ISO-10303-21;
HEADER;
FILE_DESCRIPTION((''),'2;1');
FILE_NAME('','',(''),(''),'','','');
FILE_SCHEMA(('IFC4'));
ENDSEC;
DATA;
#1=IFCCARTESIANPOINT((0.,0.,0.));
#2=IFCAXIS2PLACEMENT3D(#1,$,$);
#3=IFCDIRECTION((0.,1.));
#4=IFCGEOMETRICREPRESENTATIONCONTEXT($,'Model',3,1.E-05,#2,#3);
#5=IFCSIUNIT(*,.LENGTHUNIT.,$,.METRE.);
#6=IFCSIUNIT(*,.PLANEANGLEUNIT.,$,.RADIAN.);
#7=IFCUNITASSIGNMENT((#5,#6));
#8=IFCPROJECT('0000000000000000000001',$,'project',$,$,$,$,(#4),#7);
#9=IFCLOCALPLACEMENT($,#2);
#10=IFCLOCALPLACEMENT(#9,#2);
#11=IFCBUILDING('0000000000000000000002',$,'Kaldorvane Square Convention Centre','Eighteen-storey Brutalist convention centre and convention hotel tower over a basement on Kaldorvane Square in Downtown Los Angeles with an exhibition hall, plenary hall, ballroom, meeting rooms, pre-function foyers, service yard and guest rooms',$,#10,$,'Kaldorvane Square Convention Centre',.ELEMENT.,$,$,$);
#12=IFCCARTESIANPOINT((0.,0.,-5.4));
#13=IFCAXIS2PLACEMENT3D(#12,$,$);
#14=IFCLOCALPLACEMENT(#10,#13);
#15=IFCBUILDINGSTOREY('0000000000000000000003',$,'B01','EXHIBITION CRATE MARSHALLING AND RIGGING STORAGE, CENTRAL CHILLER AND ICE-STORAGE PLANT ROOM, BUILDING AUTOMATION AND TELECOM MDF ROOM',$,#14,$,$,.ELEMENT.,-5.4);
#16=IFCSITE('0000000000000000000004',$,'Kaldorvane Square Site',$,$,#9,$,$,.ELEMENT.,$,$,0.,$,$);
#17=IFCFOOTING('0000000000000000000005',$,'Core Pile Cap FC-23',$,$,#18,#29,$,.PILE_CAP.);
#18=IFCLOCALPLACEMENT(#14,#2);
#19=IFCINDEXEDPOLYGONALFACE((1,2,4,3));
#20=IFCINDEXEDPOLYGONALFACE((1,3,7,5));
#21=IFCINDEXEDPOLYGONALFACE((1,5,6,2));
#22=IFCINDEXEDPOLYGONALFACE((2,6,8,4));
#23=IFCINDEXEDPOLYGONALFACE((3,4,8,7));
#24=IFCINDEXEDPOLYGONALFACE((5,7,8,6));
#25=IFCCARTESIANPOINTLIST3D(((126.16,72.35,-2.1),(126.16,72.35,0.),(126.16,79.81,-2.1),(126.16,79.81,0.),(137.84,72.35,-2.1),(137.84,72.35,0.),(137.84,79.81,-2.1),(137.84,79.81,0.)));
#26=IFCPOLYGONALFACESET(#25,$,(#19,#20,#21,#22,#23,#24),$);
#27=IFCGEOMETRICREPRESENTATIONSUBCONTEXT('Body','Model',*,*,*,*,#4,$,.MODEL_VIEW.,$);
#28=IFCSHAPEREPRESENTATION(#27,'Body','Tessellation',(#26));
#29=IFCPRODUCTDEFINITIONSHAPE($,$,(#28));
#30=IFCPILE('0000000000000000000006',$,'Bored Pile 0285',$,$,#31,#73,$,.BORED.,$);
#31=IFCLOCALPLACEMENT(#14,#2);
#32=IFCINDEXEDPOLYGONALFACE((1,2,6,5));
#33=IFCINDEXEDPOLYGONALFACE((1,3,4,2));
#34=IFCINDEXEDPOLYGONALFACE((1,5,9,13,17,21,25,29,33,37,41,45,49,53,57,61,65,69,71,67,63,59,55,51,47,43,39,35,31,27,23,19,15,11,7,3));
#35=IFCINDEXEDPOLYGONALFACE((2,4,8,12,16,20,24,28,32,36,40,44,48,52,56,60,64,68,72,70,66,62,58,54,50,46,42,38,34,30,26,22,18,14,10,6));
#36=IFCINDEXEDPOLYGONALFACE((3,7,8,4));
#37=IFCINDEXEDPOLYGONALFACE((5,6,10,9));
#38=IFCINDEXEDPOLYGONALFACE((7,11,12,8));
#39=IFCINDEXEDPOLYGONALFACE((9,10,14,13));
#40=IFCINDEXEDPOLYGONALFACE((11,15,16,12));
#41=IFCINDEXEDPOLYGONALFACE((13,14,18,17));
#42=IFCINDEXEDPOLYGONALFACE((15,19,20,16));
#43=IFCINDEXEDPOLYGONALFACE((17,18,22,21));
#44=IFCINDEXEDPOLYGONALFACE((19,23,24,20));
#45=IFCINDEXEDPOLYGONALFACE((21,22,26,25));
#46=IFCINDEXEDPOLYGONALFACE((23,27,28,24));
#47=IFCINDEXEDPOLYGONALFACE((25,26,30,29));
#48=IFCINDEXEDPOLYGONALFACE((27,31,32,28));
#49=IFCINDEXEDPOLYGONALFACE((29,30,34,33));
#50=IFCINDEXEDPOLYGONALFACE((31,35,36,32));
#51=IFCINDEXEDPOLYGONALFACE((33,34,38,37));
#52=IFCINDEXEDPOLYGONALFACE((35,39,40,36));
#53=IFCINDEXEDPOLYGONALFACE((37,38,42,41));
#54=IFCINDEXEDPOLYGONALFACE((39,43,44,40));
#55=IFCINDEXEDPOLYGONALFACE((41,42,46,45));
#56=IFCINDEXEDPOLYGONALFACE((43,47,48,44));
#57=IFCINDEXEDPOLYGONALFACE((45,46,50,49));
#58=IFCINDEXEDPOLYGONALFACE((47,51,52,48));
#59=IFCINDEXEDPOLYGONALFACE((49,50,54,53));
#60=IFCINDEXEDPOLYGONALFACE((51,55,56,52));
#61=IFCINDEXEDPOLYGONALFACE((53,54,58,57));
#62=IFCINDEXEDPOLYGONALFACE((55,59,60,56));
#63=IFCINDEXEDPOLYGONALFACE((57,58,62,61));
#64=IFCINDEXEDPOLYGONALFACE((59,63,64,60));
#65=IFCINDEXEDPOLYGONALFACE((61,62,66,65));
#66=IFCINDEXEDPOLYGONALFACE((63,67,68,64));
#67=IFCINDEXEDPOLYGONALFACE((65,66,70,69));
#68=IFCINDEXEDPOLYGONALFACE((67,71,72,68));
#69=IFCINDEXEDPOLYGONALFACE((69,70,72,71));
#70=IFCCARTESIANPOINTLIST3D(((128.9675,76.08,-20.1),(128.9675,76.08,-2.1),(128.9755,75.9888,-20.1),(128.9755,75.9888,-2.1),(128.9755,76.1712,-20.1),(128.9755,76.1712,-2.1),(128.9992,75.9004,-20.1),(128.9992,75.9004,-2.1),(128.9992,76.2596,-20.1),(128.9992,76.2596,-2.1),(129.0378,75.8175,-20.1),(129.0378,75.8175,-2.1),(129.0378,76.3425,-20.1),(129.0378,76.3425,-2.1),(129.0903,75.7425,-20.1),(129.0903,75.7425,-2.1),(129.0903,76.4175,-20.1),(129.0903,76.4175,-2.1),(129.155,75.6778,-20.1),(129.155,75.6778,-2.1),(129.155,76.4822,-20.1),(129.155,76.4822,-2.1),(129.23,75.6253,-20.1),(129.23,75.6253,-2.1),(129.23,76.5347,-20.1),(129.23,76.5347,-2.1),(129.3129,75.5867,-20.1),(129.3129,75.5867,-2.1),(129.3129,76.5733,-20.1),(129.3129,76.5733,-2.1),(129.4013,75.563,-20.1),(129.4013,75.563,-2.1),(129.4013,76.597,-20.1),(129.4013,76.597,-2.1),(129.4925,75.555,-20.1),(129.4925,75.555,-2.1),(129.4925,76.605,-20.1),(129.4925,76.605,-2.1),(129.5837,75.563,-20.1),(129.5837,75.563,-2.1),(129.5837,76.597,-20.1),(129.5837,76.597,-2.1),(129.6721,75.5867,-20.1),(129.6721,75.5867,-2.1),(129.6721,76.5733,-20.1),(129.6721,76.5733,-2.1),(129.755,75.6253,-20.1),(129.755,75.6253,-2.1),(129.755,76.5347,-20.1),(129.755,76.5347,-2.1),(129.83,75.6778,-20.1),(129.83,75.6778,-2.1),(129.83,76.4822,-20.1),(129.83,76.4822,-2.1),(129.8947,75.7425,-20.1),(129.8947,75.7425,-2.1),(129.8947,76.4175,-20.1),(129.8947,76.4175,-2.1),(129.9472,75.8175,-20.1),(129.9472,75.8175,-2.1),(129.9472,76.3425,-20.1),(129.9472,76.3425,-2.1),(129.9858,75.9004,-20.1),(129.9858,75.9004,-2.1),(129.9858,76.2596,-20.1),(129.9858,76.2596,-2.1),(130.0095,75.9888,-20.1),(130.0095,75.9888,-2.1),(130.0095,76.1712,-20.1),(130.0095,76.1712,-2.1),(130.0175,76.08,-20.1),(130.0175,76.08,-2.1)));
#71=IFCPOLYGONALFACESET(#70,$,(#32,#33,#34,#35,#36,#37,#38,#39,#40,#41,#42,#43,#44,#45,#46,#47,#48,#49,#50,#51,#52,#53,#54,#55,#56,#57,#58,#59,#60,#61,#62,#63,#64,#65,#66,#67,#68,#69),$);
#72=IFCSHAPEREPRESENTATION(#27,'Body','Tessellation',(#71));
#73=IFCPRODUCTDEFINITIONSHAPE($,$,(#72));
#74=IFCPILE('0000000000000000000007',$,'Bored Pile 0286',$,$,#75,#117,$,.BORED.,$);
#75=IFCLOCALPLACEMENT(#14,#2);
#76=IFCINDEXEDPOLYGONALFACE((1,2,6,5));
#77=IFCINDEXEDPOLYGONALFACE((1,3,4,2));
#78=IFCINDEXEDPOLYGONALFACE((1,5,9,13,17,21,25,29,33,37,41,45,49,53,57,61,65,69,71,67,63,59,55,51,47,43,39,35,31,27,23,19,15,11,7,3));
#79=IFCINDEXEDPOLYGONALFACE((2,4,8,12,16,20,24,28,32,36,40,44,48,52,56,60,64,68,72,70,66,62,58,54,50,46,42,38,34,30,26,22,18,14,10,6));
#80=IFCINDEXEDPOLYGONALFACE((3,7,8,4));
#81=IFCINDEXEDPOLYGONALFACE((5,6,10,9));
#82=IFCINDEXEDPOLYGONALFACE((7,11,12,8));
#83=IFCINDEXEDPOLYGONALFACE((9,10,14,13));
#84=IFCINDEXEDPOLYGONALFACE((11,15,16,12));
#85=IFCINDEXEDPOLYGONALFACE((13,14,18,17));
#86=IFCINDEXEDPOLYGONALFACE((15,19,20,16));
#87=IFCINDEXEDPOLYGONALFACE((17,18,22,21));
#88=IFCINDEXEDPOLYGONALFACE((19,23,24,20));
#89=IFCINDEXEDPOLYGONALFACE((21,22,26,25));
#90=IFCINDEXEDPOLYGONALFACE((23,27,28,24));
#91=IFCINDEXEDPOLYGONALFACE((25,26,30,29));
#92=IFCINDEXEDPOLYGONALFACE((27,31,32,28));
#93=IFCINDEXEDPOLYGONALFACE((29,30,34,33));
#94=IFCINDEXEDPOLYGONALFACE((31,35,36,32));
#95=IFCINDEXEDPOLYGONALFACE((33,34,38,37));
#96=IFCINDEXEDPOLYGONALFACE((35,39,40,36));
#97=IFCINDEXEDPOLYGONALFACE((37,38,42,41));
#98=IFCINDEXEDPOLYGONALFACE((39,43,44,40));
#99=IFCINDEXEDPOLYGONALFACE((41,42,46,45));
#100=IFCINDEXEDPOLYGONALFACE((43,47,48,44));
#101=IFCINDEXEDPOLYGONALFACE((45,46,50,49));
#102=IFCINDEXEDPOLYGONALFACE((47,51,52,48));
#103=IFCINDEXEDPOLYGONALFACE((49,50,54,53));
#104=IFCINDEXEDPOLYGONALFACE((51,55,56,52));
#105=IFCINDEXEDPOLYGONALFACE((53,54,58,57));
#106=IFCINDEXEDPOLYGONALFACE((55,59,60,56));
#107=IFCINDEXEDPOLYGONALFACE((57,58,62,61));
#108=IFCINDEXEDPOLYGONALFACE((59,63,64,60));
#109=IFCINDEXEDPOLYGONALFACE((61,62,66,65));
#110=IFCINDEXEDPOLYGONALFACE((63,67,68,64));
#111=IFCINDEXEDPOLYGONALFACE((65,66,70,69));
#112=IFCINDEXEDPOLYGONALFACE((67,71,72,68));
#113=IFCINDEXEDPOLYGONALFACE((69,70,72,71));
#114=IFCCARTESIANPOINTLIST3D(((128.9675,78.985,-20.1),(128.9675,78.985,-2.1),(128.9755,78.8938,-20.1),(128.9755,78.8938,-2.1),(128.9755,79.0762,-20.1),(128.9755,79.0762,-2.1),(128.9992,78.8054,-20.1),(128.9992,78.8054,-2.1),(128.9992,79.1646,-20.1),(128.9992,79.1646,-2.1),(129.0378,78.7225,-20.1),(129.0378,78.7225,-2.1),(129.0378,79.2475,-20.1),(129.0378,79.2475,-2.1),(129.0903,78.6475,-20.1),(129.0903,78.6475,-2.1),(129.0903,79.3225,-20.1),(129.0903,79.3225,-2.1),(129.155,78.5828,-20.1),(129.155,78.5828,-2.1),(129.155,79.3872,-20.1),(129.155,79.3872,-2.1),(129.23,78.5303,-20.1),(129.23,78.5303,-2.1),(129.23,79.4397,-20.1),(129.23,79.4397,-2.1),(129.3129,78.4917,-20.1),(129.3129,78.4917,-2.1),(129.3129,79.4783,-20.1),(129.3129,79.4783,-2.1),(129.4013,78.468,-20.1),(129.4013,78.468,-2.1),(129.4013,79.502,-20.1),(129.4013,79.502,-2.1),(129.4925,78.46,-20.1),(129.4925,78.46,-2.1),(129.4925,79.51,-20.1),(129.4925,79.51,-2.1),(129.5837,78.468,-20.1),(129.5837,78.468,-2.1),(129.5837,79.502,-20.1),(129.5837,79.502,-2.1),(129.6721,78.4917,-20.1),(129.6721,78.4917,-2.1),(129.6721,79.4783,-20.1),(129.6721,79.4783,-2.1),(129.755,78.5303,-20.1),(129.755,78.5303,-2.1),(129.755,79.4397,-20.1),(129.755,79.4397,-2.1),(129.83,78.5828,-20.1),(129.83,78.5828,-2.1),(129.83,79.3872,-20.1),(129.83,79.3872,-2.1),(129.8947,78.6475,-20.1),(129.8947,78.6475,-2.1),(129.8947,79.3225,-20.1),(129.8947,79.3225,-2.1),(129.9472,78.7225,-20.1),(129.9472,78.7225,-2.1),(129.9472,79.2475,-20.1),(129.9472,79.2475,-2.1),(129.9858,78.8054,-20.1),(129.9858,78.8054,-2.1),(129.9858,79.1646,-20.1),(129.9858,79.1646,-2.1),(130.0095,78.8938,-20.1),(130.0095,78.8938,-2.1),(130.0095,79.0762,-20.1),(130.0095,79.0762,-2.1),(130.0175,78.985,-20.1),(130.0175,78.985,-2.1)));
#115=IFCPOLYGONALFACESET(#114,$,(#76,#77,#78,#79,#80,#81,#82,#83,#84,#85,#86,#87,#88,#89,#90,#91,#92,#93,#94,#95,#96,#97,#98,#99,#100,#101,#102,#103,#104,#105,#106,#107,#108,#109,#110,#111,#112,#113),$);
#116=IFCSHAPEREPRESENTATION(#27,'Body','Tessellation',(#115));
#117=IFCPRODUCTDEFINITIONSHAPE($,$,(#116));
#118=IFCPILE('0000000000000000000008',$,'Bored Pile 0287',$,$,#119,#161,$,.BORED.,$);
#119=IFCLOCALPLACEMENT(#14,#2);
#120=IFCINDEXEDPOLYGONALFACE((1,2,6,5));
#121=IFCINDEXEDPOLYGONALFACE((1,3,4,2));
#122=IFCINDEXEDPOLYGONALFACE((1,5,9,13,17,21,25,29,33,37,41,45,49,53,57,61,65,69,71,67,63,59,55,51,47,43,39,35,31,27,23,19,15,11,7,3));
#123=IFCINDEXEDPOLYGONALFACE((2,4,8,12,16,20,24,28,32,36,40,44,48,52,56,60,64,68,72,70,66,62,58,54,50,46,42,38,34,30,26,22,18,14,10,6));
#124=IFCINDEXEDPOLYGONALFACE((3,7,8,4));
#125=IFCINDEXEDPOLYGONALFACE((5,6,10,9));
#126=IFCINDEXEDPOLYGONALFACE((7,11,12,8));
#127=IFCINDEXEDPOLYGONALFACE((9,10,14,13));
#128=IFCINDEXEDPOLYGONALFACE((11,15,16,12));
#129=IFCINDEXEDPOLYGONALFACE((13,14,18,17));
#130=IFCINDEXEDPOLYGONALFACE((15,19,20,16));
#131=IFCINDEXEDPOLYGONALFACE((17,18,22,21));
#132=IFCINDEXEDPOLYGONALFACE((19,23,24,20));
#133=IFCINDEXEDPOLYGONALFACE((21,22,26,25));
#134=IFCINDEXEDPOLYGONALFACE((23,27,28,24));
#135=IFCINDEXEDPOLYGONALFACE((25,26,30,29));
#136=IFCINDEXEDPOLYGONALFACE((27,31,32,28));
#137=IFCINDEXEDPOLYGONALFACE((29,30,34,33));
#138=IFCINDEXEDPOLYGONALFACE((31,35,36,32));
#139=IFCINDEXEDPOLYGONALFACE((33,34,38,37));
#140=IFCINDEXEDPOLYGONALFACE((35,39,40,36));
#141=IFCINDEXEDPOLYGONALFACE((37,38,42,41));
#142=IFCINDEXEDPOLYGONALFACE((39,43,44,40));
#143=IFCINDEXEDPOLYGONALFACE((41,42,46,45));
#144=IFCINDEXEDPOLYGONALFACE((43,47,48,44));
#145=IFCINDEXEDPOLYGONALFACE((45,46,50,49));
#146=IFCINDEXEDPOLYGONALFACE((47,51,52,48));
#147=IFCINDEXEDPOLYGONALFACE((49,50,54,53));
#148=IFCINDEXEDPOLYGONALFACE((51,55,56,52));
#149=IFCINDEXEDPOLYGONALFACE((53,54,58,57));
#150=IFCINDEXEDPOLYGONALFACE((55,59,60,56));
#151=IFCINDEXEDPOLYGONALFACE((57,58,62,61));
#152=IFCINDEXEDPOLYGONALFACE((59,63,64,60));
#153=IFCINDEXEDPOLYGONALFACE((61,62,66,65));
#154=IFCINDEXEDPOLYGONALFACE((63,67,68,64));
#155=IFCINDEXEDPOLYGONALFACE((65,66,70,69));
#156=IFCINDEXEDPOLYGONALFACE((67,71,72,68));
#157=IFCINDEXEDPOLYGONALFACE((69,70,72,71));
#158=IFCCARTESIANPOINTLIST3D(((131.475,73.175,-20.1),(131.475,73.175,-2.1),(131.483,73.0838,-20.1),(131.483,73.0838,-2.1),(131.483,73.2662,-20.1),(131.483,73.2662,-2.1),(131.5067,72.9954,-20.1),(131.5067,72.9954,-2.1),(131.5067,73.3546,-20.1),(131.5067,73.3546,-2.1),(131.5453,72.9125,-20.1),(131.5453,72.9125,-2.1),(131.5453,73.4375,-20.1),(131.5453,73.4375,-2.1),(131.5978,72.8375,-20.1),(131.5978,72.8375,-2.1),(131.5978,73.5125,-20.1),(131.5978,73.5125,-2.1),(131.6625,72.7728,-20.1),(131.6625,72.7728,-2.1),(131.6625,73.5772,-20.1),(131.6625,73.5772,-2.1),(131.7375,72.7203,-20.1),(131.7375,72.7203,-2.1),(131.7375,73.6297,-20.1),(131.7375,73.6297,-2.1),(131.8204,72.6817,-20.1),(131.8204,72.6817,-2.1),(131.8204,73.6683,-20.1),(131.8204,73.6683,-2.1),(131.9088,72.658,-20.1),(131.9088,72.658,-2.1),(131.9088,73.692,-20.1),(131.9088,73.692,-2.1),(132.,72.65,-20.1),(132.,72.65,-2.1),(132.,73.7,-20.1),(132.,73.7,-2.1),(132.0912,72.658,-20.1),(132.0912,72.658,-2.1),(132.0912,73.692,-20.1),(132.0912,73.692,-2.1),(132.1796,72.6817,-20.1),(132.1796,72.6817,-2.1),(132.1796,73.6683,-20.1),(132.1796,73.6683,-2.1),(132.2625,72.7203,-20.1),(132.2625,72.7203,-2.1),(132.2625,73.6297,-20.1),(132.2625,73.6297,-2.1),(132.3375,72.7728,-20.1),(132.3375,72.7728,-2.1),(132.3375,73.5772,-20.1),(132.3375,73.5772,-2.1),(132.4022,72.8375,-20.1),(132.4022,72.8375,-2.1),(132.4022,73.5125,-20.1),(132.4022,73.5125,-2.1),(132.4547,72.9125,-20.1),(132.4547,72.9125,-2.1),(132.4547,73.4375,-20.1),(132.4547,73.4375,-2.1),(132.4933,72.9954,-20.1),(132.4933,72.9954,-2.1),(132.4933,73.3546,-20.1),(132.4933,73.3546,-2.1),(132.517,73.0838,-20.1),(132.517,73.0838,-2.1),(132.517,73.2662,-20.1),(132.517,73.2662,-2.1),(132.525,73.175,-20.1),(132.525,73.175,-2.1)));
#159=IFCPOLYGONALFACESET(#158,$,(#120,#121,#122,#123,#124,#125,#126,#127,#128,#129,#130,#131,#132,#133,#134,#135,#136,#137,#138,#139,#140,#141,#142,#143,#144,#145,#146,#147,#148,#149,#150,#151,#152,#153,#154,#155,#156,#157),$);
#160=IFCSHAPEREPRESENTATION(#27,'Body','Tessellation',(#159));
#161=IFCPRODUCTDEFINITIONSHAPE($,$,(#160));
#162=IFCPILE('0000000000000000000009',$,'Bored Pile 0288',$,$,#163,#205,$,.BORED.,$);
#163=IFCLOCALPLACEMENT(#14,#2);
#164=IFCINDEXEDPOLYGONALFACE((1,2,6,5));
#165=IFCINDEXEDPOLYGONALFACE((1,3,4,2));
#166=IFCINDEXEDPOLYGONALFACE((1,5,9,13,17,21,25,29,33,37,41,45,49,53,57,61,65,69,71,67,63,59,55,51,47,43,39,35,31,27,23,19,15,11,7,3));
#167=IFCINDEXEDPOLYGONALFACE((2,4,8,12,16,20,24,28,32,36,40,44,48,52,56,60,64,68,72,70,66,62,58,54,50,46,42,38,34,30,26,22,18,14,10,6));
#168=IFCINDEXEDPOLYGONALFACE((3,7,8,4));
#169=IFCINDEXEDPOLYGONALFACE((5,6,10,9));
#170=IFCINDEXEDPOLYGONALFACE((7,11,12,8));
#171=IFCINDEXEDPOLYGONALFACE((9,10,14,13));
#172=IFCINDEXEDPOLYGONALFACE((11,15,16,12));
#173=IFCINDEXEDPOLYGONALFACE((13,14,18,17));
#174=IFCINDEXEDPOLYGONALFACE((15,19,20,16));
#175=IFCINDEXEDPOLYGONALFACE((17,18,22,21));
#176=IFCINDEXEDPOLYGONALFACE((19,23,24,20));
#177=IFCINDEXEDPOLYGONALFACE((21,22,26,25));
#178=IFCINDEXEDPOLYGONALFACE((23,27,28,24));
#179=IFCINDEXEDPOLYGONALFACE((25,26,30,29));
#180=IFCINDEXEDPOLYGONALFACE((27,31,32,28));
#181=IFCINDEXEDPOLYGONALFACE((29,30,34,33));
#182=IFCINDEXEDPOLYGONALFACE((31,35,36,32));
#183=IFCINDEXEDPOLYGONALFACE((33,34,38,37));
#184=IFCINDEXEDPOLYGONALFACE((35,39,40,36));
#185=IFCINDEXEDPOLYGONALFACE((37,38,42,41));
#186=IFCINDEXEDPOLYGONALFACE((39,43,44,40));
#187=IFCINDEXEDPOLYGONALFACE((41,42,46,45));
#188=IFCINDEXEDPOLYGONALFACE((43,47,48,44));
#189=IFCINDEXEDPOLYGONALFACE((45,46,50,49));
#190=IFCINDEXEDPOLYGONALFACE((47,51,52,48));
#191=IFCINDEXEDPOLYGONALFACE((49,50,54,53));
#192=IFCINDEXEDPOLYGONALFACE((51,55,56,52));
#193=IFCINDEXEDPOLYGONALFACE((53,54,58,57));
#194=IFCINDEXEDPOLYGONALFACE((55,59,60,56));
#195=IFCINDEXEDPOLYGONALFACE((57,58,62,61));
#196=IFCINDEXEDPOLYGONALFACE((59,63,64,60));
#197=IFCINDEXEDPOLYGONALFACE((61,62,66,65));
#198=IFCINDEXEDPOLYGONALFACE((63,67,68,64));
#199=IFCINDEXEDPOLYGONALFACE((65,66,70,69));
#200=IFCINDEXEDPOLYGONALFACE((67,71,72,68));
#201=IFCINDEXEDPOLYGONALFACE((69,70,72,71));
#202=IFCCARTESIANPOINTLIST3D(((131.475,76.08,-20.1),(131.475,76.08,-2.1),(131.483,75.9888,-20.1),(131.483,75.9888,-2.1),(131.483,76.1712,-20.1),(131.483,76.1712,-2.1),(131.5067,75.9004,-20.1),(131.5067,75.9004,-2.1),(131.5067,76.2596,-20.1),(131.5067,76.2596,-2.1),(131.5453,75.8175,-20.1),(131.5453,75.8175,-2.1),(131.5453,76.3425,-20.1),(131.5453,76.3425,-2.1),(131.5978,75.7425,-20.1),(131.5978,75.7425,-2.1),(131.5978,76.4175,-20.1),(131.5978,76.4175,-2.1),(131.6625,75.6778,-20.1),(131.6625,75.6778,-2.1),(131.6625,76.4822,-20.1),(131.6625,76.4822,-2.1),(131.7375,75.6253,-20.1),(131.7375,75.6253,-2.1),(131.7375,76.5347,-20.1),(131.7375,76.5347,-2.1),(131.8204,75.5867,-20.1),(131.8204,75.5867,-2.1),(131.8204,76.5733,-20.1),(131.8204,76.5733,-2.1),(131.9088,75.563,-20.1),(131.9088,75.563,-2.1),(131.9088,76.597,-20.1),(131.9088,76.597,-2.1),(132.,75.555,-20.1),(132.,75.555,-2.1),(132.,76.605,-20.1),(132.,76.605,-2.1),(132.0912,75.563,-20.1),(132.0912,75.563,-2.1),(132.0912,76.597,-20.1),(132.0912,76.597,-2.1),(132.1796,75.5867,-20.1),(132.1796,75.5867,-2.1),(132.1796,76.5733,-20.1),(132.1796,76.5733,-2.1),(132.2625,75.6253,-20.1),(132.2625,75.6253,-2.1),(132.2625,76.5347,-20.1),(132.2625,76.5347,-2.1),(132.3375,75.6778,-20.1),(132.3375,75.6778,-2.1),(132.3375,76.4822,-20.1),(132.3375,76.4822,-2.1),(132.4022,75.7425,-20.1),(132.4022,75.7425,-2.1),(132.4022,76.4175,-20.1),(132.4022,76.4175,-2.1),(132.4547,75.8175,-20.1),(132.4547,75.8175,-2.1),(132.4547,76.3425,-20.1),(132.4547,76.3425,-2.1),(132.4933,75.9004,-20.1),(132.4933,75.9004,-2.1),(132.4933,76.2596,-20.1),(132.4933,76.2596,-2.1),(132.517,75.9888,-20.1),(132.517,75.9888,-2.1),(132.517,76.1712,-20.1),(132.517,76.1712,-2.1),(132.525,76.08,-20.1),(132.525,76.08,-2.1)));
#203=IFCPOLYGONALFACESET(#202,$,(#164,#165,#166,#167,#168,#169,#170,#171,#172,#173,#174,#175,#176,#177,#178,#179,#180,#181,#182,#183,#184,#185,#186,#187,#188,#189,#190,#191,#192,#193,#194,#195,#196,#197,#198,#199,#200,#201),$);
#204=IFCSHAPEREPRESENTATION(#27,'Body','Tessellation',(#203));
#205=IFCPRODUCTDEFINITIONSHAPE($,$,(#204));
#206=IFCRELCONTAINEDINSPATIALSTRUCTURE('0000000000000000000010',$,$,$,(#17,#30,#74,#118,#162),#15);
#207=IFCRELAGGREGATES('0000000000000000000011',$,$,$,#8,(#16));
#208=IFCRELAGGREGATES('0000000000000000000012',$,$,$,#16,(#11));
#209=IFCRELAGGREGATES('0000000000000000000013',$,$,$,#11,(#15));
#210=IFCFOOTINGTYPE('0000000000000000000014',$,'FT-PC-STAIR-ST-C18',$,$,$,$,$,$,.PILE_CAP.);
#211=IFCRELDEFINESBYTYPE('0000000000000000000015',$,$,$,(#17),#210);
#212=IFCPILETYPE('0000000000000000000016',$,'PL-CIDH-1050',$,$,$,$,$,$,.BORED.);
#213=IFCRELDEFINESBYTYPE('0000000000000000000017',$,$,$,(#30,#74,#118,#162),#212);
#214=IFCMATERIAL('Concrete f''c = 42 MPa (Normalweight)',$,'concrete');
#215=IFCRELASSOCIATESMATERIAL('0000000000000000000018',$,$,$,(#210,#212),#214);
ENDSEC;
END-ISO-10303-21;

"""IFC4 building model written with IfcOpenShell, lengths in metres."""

from ifc_helpers import new_model, si_unit, direction, frame, origin, origin_2d, place, context, subcontext, project, spatial, rectangle, circle, extrude, material, material_profile, profile_set, type_object, element, save


model = new_model("IFC4")

# Units and contexts
model_context = context("Model", 3, precision=1e-05, world=origin(), true_north=direction((0.0, 1.0)))
body_context = subcontext(model_context, "Body", "Model", "MODEL_VIEW")
ifc_project = project(units=[si_unit("LENGTHUNIT", "METRE"), si_unit("PLANEANGLEUNIT", "RADIAN")], contexts=[model_context])

# Site, building, storey
site_placement = place(None, origin())
site = spatial("IfcSite", under=ifc_project, at=site_placement, Name="Kaldorvane Square Site", CompositionType="ELEMENT", RefElevation=0.0)
building_placement = place(site_placement, origin())
building = spatial("IfcBuilding", under=site, at=building_placement, Name="Kaldorvane Square Convention Centre", Description="Eighteen-storey Brutalist convention centre and convention hotel tower over a basement on Kaldorvane Square in Downtown Los Angeles with an exhibition hall, plenary hall, ballroom, meeting rooms, pre-function foyers, service yard and guest rooms", LongName="Kaldorvane Square Convention Centre", CompositionType="ELEMENT")
storey_placement = place(building_placement, frame((0.0, 0.0, -5.4)))
storey = spatial("IfcBuildingStorey", under=building, at=storey_placement, Name="B01", Description="EXHIBITION CRATE MARSHALLING AND RIGGING STORAGE, CENTRAL CHILLER AND ICE-STORAGE PLANT ROOM, BUILDING AUTOMATION AND TELECOM MDF ROOM", CompositionType="ELEMENT", Elevation=-5.4)

# Footing
ifc_material_1 = material(Name="Concrete f'c = 42 MPa (Normalweight)", Category="concrete")
footing_type = type_object("IfcFootingType", Name="FT-PC-STAIR-ST-C18", PredefinedType="PILE_CAP", material=ifc_material_1)
footing_placement = place(storey_placement, frame((132.0, 76.08, -2.1), z_axis=(0.0, 0.0, 1.0), x_axis=(1.0, 0.0, 0.0)))
element("IfcFooting", 1, at=footing_placement, inside=storey, type_object=footing_type, Name="Core Pile Cap FC-23", PredefinedType="PILE_CAP", context=body_context, shape_type="SweptSolid", body=[
    extrude(rectangle(XDim=11.68, YDim=7.46, at=origin_2d()), origin(), (0.0, 0.0, 1.0), 2.1),
])

# Piles
ifc_material_profile_1 = material_profile(ifc_material_1, circle(Radius=0.525, at=origin_2d()), Name="PILE-D1050")
ifc_profile_set_1 = profile_set([ifc_material_profile_1], Name="Concrete f'c = 42 MPa (Normalweight)")
pile_type_1 = type_object("IfcPileType", Name="PL-CIDH-1050", PredefinedType="BORED", material=ifc_profile_set_1)
for number, where, z_axis, x_axis, name in (
    (2, (129.4925, 76.08, -2.1), (0.0, 0.0, -1.0), (1.0, 0.0, 0.0), "Bored Pile 0285"),
    (3, (129.4925, 78.985, -2.1), (0.0, 0.0, -1.0), (1.0, 0.0, 0.0), "Bored Pile 0286"),
    (4, (132.0, 73.175, -2.1), (0.0, 0.0, -1.0), (1.0, 0.0, 0.0), "Bored Pile 0287"),
    (5, (132.0, 76.08, -2.1), (0.0, 0.0, -1.0), (1.0, 0.0, 0.0), "Bored Pile 0288"),
):
    element("IfcPile", number, at=place(storey_placement, frame(where, z_axis=z_axis, x_axis=x_axis)), inside=storey, type_object=pile_type_1, Name=name, PredefinedType="BORED", context=body_context, shape_type="SweptSolid", body=[
        extrude(circle(Radius=0.525, at=origin_2d()), origin(), (0.0, 0.0, 1.0), 18.0),
    ])

save(model, "model.ifc")
